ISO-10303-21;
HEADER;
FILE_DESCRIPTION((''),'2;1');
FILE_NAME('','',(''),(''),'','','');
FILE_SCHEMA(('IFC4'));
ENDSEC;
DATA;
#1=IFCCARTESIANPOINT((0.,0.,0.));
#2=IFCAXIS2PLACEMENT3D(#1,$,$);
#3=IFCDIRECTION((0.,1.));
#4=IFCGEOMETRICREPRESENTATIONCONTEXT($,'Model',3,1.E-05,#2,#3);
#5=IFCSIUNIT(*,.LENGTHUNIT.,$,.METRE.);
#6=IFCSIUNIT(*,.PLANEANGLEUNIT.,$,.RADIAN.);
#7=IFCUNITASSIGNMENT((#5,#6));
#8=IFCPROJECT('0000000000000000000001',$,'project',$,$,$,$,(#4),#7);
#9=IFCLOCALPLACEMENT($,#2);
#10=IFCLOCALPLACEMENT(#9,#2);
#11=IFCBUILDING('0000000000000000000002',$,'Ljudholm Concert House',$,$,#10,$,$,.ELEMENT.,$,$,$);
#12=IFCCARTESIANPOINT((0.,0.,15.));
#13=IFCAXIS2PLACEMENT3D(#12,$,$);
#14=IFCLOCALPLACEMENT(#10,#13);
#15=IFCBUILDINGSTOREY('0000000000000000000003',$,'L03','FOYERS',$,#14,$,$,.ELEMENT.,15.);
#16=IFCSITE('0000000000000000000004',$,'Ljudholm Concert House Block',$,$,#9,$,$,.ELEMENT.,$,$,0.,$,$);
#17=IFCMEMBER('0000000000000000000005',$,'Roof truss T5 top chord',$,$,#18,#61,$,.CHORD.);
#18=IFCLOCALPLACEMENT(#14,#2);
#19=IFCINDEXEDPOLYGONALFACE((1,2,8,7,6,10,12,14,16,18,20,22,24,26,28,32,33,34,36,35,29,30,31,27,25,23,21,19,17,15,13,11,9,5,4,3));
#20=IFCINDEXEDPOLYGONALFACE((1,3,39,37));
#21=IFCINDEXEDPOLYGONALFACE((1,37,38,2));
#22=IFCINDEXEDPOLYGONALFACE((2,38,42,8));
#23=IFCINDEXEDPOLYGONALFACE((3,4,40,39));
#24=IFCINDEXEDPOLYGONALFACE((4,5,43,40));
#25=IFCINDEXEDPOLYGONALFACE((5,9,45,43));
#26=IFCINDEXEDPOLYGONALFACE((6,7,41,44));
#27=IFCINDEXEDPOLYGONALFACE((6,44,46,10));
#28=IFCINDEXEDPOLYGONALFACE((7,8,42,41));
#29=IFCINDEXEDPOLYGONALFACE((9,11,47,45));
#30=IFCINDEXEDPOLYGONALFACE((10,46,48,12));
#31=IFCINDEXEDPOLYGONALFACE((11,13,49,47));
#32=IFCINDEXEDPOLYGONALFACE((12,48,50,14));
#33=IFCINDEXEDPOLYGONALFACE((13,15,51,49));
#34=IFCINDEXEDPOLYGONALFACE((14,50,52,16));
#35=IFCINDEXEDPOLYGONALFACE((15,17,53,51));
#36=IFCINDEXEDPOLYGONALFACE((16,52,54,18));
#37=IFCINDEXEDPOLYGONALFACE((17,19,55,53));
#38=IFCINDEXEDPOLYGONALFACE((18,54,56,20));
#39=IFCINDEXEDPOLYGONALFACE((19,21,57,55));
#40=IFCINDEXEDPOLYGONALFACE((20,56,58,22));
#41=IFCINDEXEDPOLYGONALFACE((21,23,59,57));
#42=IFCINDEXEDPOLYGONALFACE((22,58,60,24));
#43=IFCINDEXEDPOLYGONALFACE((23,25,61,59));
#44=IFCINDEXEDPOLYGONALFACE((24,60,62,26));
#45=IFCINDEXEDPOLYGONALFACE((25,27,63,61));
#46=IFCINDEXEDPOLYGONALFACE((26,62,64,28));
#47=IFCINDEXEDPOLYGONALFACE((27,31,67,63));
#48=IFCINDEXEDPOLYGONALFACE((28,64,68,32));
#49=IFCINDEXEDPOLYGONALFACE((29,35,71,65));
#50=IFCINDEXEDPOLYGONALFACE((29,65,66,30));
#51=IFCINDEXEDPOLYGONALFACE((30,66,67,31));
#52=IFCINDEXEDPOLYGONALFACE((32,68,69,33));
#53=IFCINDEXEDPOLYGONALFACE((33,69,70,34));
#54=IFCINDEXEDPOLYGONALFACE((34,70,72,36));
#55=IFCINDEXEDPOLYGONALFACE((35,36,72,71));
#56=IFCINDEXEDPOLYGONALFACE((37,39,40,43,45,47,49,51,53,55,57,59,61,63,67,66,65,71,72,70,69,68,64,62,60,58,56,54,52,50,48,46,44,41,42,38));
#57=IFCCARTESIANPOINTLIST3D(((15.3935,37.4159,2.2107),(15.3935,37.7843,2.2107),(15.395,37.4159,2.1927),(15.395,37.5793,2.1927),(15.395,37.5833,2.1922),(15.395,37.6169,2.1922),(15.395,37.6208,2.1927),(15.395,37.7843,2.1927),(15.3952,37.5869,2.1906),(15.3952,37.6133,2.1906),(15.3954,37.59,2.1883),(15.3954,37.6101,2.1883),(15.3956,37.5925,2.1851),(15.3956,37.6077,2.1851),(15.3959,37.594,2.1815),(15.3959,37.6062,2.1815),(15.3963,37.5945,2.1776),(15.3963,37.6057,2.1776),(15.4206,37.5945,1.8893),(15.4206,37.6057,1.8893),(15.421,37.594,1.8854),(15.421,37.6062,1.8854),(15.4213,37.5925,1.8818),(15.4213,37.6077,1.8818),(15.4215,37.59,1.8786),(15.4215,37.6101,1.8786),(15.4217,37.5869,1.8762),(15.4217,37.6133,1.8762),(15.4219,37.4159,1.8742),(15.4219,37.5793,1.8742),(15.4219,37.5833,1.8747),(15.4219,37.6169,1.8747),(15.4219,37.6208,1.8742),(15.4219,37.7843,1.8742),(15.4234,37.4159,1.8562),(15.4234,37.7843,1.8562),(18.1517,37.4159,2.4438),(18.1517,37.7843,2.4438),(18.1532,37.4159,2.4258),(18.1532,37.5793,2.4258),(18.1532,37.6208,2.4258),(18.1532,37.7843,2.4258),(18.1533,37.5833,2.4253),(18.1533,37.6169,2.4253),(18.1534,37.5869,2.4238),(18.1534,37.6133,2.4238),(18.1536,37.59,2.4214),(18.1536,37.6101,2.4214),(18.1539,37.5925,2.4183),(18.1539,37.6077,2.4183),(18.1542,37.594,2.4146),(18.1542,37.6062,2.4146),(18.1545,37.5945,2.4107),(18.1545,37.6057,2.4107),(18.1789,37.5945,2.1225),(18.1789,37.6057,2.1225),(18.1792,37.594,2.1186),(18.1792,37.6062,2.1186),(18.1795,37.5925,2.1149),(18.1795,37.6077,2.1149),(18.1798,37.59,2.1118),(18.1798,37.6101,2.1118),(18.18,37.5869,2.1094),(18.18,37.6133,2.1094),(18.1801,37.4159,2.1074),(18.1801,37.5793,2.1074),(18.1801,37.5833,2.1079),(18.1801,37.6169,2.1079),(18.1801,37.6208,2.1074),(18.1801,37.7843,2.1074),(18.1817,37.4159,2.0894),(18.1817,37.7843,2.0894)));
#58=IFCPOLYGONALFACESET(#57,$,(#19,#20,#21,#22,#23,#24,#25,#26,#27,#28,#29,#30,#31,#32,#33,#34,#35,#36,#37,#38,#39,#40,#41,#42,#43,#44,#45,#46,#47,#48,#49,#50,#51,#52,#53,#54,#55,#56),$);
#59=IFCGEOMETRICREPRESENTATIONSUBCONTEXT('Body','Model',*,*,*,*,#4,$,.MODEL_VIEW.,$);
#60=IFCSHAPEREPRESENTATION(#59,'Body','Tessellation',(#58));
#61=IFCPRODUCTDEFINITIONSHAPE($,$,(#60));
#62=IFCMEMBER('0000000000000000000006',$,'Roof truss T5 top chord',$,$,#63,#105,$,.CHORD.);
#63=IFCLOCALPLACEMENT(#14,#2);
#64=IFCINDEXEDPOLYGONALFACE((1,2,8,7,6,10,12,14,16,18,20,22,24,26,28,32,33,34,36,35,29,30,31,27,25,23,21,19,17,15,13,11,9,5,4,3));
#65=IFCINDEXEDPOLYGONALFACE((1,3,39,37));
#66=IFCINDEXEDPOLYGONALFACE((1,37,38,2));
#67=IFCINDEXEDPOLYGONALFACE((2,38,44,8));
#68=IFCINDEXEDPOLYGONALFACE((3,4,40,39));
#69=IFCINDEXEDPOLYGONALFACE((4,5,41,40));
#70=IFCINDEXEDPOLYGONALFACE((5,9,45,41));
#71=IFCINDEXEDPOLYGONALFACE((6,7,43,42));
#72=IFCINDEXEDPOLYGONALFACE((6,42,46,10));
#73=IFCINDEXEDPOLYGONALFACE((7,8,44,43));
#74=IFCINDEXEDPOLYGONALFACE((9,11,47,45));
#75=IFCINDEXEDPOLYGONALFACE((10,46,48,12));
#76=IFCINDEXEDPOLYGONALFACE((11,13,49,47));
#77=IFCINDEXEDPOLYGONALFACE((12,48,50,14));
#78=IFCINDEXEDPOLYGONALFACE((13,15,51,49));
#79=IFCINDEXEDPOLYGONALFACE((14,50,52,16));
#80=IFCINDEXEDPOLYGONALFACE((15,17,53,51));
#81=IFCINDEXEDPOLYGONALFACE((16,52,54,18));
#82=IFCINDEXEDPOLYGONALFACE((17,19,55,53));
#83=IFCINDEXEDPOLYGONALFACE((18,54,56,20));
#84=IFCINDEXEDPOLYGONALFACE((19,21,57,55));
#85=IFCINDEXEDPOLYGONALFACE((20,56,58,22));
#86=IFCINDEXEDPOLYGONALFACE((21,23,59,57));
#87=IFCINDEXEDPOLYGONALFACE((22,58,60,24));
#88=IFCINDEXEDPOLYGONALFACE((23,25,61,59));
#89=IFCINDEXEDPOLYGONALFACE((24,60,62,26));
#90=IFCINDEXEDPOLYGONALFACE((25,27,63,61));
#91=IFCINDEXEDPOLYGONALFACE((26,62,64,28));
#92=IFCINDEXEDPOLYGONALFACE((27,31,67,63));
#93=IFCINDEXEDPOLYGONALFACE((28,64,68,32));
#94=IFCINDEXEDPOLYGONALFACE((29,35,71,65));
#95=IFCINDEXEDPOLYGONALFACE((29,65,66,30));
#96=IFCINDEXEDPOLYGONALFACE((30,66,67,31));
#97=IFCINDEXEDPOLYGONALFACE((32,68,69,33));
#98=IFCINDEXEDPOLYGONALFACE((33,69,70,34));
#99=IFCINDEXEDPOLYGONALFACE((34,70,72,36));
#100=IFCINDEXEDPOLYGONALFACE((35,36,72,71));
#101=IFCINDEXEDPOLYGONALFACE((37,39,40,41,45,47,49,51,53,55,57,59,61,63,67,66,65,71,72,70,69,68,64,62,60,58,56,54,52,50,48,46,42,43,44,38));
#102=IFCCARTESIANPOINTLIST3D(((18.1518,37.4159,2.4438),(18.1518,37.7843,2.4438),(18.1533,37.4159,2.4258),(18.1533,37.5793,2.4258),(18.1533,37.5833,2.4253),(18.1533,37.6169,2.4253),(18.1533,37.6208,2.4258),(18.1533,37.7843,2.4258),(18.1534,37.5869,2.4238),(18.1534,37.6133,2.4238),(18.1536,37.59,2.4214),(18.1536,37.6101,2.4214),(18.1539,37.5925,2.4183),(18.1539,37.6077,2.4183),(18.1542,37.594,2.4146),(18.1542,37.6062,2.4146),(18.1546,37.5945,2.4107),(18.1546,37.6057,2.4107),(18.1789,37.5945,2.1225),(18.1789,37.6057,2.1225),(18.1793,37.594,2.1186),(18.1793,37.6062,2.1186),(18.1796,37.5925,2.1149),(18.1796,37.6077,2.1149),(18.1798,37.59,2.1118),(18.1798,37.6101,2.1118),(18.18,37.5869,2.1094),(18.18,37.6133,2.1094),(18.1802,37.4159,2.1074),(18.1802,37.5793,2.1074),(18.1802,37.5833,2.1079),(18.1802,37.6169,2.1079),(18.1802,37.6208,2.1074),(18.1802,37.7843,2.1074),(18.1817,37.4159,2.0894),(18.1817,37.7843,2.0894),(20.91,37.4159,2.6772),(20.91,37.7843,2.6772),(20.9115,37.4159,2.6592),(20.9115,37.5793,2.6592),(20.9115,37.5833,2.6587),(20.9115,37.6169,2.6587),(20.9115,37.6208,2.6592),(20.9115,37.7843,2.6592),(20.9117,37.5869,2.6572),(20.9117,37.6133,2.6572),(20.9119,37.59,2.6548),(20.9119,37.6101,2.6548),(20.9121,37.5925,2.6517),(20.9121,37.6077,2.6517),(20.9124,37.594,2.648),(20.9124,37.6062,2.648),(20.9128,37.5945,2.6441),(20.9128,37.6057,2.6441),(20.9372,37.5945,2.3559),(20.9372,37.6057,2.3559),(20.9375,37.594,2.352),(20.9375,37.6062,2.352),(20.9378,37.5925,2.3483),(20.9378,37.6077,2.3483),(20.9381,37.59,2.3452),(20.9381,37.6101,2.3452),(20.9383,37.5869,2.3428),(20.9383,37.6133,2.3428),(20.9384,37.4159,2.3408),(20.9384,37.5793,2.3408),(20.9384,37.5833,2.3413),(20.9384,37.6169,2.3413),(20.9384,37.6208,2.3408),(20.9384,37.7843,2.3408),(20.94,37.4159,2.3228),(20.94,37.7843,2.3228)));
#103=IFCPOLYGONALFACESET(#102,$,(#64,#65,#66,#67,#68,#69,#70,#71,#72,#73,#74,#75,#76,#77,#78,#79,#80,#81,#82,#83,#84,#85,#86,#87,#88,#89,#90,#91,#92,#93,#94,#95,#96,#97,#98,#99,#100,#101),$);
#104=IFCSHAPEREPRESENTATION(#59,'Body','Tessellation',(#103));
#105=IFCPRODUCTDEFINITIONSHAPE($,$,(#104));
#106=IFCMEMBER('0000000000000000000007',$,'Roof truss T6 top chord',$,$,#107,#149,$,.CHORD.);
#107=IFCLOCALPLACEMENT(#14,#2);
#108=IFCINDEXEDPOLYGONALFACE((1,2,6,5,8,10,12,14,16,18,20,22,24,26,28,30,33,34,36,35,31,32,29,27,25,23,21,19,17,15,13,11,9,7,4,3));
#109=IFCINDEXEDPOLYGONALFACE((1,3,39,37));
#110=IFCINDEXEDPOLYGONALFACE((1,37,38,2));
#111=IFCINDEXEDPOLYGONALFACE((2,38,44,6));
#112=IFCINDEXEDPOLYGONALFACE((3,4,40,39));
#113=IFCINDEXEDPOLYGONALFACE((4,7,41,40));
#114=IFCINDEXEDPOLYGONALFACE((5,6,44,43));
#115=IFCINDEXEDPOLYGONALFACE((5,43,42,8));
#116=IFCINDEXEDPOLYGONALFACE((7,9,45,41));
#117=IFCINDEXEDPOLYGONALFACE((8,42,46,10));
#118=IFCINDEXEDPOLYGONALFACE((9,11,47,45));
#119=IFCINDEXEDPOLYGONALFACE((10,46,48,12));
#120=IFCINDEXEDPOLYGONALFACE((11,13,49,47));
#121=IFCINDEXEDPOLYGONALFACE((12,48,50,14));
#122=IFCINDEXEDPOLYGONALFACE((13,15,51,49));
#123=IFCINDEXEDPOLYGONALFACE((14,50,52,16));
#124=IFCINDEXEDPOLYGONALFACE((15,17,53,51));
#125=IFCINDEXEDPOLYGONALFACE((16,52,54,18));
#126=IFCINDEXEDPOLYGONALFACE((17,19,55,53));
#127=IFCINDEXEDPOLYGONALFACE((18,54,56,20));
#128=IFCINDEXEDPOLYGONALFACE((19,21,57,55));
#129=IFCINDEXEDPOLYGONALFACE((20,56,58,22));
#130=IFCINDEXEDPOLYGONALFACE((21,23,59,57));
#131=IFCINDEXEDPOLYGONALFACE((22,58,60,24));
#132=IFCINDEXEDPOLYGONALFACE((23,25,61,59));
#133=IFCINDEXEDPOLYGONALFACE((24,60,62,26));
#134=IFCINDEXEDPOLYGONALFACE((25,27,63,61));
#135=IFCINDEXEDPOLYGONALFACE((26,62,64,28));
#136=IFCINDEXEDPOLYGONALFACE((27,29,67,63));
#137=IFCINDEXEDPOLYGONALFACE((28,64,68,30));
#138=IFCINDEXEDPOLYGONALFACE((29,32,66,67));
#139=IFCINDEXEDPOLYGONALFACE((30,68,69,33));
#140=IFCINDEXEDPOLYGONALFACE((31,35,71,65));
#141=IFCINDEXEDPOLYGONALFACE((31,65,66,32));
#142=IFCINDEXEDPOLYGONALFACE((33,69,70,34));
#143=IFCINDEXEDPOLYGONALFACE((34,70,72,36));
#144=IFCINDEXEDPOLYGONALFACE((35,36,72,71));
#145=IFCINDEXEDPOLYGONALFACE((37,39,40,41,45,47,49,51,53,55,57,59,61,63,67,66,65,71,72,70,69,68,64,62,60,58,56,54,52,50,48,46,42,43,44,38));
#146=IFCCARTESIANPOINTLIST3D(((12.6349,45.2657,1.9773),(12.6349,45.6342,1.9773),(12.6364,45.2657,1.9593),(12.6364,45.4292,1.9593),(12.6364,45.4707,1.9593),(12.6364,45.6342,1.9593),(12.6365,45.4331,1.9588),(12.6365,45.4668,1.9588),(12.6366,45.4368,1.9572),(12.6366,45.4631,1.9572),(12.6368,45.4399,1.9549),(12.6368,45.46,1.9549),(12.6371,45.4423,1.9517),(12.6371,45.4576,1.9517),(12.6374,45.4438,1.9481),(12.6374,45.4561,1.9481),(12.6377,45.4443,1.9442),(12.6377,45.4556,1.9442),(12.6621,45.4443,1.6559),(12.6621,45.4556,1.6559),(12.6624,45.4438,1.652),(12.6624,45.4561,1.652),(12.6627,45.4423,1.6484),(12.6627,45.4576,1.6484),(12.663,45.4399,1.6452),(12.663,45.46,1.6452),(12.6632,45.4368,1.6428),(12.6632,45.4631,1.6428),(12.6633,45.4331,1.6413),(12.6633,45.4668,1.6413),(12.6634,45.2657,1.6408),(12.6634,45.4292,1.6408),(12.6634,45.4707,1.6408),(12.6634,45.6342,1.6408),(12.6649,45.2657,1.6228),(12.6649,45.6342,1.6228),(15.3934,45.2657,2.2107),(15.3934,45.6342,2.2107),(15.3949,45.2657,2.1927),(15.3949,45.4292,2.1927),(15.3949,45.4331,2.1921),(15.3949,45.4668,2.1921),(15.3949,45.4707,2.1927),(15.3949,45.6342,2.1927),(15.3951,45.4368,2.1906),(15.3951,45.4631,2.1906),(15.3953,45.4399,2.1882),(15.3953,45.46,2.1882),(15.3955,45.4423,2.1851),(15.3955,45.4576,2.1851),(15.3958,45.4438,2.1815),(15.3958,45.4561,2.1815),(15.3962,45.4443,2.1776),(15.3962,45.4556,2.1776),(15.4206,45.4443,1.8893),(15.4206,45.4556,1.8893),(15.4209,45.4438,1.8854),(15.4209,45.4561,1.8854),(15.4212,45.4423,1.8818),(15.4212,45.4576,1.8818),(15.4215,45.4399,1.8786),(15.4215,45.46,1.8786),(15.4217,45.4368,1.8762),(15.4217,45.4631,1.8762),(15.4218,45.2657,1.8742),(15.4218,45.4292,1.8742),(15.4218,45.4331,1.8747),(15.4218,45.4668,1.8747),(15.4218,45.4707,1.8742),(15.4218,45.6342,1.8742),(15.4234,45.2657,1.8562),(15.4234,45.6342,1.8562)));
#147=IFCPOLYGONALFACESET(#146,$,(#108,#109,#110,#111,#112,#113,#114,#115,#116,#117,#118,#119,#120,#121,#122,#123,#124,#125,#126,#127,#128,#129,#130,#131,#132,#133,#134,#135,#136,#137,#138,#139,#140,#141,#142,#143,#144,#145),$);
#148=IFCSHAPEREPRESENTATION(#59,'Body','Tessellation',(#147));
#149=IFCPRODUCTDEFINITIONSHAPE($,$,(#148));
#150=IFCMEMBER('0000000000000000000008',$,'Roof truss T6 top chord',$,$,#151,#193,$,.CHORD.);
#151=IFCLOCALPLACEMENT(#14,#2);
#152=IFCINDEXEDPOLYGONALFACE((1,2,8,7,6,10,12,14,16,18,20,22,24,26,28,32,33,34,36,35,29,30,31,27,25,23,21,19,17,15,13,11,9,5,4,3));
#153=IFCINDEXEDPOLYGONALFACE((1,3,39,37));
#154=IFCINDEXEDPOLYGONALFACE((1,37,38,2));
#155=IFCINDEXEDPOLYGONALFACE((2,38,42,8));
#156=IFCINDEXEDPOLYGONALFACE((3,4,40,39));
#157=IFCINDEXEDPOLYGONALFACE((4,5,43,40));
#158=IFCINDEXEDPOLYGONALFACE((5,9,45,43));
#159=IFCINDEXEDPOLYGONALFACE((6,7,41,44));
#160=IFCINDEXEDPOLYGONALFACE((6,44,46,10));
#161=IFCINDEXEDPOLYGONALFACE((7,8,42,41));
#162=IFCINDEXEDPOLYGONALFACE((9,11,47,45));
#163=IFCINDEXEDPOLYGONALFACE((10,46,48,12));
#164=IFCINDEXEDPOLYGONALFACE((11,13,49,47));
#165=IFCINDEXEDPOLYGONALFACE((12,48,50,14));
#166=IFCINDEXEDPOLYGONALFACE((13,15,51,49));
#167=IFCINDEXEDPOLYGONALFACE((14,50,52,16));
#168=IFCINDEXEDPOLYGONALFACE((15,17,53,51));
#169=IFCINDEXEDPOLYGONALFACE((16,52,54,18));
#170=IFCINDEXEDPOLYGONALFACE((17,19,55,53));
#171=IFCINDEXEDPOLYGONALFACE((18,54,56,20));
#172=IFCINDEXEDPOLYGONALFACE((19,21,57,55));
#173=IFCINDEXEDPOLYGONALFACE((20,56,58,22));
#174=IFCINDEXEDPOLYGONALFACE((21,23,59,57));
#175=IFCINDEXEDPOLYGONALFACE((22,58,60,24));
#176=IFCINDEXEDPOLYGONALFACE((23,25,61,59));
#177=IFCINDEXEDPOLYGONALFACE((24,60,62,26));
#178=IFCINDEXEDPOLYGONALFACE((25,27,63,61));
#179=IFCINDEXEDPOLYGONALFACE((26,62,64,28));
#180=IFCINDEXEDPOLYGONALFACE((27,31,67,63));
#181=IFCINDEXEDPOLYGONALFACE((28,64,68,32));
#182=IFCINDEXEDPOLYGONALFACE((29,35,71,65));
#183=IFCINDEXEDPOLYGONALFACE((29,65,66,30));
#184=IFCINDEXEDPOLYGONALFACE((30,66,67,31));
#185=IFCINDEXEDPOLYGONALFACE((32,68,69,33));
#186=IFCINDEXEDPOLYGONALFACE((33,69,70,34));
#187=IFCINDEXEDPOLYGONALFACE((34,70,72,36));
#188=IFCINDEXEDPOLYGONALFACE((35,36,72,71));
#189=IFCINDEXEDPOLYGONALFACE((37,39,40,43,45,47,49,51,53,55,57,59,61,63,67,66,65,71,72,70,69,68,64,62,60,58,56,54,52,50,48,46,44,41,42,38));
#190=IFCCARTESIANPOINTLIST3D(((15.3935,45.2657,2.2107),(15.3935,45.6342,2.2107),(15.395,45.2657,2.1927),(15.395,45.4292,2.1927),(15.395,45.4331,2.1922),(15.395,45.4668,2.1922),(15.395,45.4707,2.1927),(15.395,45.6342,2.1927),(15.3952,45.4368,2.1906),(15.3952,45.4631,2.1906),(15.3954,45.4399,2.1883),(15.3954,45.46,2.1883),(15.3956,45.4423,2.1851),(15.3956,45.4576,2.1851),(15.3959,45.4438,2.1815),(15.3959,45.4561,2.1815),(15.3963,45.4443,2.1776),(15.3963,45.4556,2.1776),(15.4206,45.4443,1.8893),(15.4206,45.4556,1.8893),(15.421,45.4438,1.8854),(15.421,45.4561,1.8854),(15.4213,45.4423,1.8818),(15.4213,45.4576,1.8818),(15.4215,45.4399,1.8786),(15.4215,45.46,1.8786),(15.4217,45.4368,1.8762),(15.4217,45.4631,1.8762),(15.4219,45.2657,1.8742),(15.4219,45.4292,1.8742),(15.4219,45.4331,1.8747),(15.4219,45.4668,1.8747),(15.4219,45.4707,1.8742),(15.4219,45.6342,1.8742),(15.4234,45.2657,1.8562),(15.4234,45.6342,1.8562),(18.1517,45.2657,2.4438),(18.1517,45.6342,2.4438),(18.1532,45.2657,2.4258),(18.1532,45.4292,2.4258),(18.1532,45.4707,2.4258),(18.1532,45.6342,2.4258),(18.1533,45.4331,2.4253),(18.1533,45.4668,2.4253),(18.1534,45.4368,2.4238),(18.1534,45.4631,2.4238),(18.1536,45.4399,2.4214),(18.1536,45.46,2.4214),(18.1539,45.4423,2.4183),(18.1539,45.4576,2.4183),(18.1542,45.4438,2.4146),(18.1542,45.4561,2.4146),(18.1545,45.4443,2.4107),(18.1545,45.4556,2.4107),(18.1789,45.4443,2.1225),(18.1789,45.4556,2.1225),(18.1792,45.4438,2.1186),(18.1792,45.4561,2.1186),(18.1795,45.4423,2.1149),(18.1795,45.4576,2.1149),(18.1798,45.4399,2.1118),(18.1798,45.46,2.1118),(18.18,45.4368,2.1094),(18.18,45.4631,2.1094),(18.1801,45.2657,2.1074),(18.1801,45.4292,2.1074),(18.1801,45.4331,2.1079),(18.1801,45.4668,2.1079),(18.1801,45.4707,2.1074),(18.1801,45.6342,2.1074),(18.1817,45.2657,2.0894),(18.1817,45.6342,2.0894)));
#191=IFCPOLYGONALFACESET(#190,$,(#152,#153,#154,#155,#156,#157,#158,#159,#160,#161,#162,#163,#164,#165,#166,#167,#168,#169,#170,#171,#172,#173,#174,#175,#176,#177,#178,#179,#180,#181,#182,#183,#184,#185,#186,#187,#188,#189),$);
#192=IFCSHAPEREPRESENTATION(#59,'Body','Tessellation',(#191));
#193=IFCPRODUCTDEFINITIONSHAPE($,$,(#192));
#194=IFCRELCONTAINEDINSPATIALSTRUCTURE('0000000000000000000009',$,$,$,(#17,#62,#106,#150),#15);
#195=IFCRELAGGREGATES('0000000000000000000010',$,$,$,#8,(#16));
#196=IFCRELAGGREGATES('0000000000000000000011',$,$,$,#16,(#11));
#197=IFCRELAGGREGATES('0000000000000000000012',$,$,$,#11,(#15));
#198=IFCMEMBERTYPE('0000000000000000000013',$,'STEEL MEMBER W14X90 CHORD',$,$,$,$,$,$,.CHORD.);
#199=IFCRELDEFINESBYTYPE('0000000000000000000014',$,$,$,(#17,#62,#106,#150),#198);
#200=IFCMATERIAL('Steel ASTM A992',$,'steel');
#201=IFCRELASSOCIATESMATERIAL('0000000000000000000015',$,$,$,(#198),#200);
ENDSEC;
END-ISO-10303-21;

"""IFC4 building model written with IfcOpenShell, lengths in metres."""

from ifc_helpers import new_model, si_unit, direction, frame, origin, origin_2d, place, context, subcontext, project, spatial, i_section, extrude, material, material_profile, profile_set, type_object, element, save


model = new_model("IFC4")

# Units and contexts
model_context = context("Model", 3, precision=1e-05, world=origin(), true_north=direction((0.0, 1.0)))
body_context = subcontext(model_context, "Body", "Model", "MODEL_VIEW")
ifc_project = project(units=[si_unit("LENGTHUNIT", "METRE"), si_unit("PLANEANGLEUNIT", "RADIAN")], contexts=[model_context])

# Site, building, storey
site_placement = place(None, origin())
site = spatial("IfcSite", under=ifc_project, at=site_placement, Name="Ljudholm Concert House Block", CompositionType="ELEMENT", RefElevation=0.0)
building_placement = place(site_placement, origin())
building = spatial("IfcBuilding", under=site, at=building_placement, Name="Ljudholm Concert House", CompositionType="ELEMENT")
storey_placement = place(building_placement, frame((0.0, 0.0, 15.0)))
storey = spatial("IfcBuildingStorey", under=building, at=storey_placement, Name="L03", Description="FOYERS", CompositionType="ELEMENT", Elevation=15.0)

# Members
ifc_material_1 = material(Name="Steel ASTM A992", Category="steel")
ifc_material_profile_1 = material_profile(ifc_material_1, i_section(OverallWidth=0.3684, OverallDepth=0.3557, WebThickness=0.0112, FlangeThickness=0.0181, FilletRadius=0.0151, at=origin_2d()), Name="W14X90")
ifc_profile_set_1 = profile_set([ifc_material_profile_1], Name="Steel ASTM A992")
member_type_1 = type_object("IfcMemberType", Name="STEEL MEMBER W14X90 CHORD", PredefinedType="CHORD", material=ifc_profile_set_1)
for number, where, z_axis, x_axis, name in (
    (1, (15.4084, 37.6001, 2.0334), (0.996447, 0.0, 0.084228), (0.0, 1.0, 0.0), "Roof truss T5 top chord"),
    (2, (18.1667, 37.6001, 2.2666), (0.996439, 0.0, 0.084315), (0.0, 1.0, 0.0), "Roof truss T5 top chord"),
):
    element("IfcMember", number, at=place(storey_placement, frame(where, z_axis=z_axis, x_axis=x_axis)), inside=storey, type_object=member_type_1, Name=name, PredefinedType="CHORD", context=body_context, shape_type="SweptSolid", body=[
        extrude(i_section(OverallWidth=0.3684, OverallDepth=0.3557, WebThickness=0.0112, FlangeThickness=0.0181, FilletRadius=0.0151, at=origin_2d()), origin(), (0.0, 0.0, 1.0), 2.7681),
    ])
member_1_placement = place(storey_placement, frame((12.6499, 45.45, 1.8), z_axis=(0.99644, 0.0, 0.084308), x_axis=(0.0, 1.0, 0.0)))
element("IfcMember", 3, at=member_1_placement, inside=storey, type_object=member_type_1, Name="Roof truss T6 top chord", PredefinedType="CHORD", context=body_context, shape_type="SweptSolid", body=[
    extrude(i_section(OverallWidth=0.3684, OverallDepth=0.3557, WebThickness=0.0112, FlangeThickness=0.0181, FilletRadius=0.0151, at=origin_2d()), origin(), (0.0, 0.0, 1.0), 2.7683),
])
for number, where, z_axis, x_axis, name in (
    (4, (15.4084, 45.45, 2.0334), (0.996447, 0.0, 0.084228), (0.0, 1.0, 0.0), "Roof truss T6 top chord"),
):
    element("IfcMember", number, at=place(storey_placement, frame(where, z_axis=z_axis, x_axis=x_axis)), inside=storey, type_object=member_type_1, Name=name, PredefinedType="CHORD", context=body_context, shape_type="SweptSolid", body=[
        extrude(i_section(OverallWidth=0.3684, OverallDepth=0.3557, WebThickness=0.0112, FlangeThickness=0.0181, FilletRadius=0.0151, at=origin_2d()), origin(), (0.0, 0.0, 1.0), 2.7681),
    ])

save(model, "model.ifc")
